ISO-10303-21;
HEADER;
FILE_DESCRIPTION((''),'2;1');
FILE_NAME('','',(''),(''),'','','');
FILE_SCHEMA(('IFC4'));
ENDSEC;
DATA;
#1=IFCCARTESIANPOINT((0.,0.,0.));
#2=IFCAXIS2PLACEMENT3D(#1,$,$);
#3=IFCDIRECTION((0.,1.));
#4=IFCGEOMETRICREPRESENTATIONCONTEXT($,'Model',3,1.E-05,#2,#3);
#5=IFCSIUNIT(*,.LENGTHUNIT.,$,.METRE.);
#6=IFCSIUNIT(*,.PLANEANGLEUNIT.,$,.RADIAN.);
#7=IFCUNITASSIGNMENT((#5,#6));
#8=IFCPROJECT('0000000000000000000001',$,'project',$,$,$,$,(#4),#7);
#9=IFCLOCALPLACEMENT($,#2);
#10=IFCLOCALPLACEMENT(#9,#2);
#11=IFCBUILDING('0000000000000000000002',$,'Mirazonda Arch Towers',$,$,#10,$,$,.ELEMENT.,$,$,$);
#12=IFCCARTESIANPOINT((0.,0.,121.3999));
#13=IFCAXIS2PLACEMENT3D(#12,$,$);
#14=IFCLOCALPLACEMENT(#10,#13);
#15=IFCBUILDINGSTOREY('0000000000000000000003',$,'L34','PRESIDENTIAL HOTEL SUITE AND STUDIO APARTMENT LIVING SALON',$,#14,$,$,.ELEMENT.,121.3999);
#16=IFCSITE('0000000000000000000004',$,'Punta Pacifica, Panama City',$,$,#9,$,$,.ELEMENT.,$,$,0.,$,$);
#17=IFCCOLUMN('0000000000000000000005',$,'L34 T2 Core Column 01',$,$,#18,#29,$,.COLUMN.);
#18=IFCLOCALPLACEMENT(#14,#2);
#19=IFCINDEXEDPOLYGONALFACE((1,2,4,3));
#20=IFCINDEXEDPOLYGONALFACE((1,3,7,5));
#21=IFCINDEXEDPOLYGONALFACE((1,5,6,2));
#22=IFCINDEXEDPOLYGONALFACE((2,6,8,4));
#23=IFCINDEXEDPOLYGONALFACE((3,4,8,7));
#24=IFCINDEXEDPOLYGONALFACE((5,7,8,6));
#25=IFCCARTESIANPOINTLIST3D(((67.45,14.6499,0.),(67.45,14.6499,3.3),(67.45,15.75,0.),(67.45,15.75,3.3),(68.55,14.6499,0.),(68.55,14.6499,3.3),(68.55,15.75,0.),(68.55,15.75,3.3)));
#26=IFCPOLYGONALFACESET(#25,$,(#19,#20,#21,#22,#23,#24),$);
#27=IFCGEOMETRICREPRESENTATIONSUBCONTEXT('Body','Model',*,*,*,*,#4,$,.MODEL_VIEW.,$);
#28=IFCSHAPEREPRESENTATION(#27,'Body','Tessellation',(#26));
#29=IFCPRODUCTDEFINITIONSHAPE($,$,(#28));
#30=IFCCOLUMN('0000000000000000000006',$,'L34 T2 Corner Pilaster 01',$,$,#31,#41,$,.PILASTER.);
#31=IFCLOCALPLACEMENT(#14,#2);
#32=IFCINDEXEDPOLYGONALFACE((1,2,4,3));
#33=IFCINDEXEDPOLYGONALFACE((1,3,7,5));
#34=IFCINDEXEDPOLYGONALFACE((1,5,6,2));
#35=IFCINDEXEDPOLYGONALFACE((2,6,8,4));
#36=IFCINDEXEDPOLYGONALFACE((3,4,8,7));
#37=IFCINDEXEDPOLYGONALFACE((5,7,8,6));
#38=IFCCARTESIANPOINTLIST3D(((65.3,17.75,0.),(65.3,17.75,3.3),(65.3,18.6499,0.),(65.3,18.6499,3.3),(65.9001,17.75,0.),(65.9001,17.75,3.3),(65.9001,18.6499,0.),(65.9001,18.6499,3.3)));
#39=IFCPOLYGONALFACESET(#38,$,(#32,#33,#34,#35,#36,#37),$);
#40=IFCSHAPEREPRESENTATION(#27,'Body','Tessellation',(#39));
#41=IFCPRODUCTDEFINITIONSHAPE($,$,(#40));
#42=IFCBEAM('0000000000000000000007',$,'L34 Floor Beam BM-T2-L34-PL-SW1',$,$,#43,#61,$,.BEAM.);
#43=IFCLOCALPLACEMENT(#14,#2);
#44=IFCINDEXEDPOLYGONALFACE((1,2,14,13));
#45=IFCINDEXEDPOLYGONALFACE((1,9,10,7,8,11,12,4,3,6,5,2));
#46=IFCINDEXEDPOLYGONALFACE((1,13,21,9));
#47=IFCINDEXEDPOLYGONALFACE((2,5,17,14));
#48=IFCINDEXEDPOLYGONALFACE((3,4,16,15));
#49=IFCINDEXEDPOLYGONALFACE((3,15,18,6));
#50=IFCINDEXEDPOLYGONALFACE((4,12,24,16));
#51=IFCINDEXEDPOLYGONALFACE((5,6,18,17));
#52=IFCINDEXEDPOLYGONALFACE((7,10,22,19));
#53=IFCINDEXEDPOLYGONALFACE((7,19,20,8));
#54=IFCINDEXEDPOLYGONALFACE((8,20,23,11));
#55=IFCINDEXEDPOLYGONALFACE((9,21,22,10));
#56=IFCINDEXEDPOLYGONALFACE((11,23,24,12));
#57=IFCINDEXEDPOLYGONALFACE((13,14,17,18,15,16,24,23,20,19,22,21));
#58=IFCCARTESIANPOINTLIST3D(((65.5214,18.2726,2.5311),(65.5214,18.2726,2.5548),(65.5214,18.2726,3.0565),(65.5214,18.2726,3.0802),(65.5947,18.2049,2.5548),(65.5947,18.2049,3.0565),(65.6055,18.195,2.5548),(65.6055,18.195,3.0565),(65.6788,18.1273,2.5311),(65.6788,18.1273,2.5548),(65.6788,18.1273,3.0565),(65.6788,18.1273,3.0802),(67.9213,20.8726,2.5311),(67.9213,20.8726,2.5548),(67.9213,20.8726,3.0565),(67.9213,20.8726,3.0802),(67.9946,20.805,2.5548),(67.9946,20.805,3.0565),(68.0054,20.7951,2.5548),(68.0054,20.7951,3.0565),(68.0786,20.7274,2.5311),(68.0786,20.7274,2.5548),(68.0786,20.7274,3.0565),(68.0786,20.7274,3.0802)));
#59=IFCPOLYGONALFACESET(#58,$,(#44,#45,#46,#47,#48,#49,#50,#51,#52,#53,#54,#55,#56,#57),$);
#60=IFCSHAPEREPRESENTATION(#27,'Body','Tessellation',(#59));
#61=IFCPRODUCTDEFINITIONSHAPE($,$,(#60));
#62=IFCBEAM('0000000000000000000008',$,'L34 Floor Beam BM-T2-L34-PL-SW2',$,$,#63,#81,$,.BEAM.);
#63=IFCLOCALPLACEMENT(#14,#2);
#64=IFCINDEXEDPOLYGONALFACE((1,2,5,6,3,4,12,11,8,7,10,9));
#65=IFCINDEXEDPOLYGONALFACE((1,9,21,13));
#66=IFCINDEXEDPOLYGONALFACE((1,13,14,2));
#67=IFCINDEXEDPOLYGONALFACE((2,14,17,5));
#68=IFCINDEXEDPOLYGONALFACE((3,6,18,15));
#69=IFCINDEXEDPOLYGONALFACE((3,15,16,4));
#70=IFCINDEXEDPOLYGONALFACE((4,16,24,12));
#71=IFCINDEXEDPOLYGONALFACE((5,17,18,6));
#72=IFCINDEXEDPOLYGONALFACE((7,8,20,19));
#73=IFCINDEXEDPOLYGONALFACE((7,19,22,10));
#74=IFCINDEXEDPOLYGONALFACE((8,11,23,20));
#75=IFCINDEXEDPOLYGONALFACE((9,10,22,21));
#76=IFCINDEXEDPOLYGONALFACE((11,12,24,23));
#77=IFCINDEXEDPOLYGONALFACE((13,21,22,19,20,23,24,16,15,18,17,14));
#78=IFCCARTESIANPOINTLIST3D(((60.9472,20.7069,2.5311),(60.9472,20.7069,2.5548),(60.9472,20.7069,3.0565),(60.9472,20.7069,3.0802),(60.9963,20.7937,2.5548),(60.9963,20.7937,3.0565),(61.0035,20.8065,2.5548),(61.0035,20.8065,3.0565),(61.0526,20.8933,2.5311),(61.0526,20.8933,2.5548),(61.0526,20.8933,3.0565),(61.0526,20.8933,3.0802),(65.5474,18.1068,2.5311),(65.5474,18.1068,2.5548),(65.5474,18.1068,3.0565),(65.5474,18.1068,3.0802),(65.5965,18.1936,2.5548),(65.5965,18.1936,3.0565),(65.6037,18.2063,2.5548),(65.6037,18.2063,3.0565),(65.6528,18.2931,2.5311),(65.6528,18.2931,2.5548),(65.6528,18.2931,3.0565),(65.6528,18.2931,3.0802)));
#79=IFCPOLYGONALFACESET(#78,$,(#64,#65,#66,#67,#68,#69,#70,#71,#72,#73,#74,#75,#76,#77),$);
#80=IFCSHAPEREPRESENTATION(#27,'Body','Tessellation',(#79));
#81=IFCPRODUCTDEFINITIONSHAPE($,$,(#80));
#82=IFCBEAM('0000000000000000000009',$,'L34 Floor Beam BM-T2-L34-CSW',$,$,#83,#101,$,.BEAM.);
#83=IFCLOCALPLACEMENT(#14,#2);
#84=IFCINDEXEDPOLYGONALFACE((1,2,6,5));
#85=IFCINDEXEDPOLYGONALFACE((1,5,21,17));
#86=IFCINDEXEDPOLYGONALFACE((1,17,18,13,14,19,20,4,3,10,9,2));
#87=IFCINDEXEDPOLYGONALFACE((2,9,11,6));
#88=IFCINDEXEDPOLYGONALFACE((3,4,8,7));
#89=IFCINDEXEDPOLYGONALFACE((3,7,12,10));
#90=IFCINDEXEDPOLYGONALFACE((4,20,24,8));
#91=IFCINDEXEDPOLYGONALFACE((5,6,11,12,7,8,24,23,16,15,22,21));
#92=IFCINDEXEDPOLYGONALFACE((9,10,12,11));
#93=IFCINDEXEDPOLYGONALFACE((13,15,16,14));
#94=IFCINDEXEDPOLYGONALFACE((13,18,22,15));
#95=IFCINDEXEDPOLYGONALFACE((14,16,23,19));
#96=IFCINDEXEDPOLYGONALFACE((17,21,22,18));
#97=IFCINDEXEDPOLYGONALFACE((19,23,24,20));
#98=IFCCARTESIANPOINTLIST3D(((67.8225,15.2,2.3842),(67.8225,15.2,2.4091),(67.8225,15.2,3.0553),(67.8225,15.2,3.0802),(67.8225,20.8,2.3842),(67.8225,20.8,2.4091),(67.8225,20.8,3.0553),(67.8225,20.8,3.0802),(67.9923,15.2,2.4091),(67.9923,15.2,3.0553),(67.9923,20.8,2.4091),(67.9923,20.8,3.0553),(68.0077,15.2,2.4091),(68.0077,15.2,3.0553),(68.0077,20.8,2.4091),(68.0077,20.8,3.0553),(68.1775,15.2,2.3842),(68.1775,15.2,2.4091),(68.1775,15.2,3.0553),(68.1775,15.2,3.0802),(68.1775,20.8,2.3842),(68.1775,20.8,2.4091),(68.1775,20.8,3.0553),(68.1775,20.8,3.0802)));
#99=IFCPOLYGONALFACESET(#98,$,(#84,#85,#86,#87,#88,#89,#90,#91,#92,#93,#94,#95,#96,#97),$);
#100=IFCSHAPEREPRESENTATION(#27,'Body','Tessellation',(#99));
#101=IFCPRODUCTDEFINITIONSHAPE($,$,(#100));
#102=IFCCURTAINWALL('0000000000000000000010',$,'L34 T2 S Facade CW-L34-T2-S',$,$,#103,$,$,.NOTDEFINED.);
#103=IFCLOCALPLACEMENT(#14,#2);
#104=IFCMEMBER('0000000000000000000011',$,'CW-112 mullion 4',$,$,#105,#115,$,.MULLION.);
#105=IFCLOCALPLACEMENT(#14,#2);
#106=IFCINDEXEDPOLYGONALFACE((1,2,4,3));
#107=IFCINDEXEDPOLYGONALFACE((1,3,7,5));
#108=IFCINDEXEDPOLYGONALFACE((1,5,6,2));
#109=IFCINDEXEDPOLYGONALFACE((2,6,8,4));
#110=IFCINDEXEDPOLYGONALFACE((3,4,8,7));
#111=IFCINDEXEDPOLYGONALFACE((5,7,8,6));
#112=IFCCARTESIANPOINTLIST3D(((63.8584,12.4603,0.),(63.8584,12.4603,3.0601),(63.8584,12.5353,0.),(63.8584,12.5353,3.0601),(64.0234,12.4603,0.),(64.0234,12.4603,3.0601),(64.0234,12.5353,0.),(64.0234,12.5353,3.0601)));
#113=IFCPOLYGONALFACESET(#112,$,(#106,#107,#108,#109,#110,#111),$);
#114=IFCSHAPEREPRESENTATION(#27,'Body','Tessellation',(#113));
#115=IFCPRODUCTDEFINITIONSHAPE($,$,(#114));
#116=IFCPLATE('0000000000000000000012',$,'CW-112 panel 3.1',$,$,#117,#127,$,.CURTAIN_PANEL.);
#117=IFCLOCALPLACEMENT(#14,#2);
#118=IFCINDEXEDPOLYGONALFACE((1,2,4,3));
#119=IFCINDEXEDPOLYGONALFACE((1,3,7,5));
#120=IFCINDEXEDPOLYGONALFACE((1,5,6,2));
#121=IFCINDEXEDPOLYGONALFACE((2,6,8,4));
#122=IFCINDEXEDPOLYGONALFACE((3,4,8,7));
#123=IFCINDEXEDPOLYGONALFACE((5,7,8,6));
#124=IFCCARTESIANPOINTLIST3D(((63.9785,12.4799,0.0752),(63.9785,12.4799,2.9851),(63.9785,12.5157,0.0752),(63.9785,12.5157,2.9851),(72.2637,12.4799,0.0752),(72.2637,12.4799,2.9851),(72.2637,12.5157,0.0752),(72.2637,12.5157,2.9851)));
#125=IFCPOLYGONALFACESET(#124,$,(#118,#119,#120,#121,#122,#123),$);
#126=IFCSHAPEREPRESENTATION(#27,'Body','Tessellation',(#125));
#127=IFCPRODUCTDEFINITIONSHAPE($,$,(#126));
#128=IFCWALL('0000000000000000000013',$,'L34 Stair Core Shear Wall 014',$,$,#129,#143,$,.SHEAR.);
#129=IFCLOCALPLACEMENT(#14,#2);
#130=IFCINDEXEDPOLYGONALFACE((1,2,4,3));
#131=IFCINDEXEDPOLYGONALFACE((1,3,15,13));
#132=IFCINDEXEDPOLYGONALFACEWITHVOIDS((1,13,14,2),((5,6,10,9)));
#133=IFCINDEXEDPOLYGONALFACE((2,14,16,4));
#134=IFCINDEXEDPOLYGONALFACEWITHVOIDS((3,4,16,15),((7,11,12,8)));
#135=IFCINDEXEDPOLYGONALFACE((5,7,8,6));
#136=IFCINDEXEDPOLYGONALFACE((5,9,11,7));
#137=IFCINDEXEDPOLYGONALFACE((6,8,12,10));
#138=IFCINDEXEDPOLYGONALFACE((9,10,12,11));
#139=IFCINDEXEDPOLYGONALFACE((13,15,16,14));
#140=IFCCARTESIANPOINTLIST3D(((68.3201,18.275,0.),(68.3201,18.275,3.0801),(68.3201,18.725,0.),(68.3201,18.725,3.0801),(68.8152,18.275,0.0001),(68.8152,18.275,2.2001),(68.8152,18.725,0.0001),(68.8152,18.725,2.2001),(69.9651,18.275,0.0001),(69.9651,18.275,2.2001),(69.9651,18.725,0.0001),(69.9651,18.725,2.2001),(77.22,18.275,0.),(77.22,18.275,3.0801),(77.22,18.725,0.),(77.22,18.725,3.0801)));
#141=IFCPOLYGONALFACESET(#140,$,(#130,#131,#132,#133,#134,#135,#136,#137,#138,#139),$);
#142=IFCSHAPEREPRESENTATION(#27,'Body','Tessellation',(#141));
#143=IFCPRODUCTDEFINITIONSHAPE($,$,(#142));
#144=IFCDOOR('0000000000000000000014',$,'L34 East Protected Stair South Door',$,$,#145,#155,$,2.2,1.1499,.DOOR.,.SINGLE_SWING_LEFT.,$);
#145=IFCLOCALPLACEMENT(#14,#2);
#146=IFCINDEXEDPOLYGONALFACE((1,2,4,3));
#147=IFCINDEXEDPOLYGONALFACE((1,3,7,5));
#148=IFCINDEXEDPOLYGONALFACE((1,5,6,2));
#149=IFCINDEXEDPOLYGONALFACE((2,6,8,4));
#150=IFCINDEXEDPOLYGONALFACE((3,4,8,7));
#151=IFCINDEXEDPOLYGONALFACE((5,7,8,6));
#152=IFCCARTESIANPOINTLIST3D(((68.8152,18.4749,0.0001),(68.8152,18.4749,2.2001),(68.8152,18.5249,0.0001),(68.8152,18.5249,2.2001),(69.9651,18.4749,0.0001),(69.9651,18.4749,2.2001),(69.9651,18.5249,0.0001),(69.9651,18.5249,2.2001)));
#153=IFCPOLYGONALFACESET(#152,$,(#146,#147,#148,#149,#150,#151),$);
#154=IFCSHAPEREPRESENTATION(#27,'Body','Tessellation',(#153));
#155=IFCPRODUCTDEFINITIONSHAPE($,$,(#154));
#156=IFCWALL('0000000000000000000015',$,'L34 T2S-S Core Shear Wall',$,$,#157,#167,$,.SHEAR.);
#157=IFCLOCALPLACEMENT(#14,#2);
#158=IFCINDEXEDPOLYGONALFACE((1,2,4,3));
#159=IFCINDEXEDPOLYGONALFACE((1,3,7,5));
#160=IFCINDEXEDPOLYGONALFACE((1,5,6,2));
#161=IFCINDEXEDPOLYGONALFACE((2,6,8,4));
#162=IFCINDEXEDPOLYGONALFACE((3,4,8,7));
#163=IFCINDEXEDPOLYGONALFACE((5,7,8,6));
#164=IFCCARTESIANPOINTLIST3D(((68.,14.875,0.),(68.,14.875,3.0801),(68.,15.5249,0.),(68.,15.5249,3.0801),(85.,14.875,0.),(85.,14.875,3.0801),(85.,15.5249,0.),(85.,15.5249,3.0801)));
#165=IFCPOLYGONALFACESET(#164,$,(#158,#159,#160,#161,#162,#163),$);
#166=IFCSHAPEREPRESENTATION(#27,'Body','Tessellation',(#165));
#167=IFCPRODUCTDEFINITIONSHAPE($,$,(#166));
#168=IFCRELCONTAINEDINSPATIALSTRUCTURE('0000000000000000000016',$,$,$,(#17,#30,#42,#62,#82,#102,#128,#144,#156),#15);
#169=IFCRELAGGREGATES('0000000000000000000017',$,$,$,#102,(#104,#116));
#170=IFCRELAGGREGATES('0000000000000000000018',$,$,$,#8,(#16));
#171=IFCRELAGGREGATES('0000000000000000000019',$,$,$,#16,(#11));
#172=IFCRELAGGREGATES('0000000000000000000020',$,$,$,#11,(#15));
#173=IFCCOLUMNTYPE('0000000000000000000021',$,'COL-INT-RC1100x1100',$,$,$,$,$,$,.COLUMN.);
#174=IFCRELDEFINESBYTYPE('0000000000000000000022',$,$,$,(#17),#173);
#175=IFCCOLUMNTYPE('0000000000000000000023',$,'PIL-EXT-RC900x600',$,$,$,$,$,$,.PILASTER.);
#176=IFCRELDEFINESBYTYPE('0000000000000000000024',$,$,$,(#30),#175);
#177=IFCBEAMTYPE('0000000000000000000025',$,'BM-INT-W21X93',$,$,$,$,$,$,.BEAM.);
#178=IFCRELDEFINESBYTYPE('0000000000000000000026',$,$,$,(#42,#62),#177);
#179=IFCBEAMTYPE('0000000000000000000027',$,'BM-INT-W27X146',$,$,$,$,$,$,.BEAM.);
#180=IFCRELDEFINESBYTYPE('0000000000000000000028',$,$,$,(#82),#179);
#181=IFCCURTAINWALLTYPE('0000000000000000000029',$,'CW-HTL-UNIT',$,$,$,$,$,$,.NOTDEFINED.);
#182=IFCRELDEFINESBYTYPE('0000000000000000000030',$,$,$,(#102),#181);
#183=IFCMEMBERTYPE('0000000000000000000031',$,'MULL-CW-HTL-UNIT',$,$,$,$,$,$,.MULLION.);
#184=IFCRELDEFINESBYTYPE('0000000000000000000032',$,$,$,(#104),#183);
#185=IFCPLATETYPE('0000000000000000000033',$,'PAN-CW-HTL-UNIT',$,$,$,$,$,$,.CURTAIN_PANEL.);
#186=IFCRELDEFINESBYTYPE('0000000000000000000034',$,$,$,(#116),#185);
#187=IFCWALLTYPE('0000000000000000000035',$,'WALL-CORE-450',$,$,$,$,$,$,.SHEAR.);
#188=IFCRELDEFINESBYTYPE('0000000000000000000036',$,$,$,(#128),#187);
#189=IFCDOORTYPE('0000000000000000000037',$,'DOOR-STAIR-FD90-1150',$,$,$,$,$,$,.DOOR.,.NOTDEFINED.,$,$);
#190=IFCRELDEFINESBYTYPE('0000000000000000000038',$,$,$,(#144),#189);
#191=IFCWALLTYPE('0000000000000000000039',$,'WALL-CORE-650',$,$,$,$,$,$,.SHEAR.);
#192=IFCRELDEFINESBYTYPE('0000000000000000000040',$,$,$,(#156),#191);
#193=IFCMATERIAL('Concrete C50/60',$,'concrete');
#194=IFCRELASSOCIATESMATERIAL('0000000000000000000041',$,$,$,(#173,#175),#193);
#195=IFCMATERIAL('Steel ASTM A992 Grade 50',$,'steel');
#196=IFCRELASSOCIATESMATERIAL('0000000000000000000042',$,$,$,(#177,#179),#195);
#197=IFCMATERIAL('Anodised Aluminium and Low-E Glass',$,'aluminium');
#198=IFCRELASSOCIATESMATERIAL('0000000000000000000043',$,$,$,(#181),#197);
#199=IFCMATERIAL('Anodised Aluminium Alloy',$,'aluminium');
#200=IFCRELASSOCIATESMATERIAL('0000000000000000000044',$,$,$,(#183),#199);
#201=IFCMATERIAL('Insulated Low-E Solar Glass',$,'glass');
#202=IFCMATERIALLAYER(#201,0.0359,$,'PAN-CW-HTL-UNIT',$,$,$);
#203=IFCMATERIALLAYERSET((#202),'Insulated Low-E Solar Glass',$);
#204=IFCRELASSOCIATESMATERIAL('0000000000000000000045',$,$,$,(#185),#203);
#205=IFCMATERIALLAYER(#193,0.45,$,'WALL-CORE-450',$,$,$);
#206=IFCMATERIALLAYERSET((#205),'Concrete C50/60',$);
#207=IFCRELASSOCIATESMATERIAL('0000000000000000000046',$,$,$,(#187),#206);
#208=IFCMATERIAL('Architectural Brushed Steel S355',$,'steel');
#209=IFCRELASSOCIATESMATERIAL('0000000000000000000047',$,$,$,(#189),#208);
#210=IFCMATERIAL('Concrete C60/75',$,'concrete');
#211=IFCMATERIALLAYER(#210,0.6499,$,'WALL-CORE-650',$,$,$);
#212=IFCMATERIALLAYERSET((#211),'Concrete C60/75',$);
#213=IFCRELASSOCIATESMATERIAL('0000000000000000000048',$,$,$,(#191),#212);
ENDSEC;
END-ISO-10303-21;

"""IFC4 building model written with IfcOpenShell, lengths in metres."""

from ifc_helpers import new_model, si_unit, direction, frame, frame_2d, origin, origin_2d, place, context, subcontext, project, spatial, rectangle, i_section, extrude, material, layer, layer_set, material_profile, profile_set, type_object, element, fill, aggregate, save


model = new_model("IFC4")

# Units and contexts
model_context = context("Model", 3, precision=1e-05, world=origin(), true_north=direction((0.0, 1.0)))
body_context = subcontext(model_context, "Body", "Model", "MODEL_VIEW")
ifc_project = project(units=[si_unit("LENGTHUNIT", "METRE"), si_unit("PLANEANGLEUNIT", "RADIAN")], contexts=[model_context])

# Site, building, storey
site_placement = place(None, origin())
site = spatial("IfcSite", under=ifc_project, at=site_placement, Name="Punta Pacifica, Panama City", CompositionType="ELEMENT", RefElevation=0.0)
building_placement = place(site_placement, origin())
building = spatial("IfcBuilding", under=site, at=building_placement, Name="Mirazonda Arch Towers", CompositionType="ELEMENT")
storey_placement = place(building_placement, frame((0.0, 0.0, 121.3999)))
storey = spatial("IfcBuildingStorey", under=building, at=storey_placement, Name="L34", Description="PRESIDENTIAL HOTEL SUITE AND STUDIO APARTMENT LIVING SALON", CompositionType="ELEMENT", Elevation=121.3999)

# Columns
ifc_material_1 = material(Name="Concrete C50/60", Category="concrete")
ifc_material_profile_1 = material_profile(ifc_material_1, rectangle(XDim=1.1001, YDim=1.1001, at=origin_2d()), Name="RC1100x1100")
ifc_profile_set_1 = profile_set([ifc_material_profile_1], Name="Concrete C50/60")
column_type_1 = type_object("IfcColumnType", Name="COL-INT-RC1100x1100", PredefinedType="COLUMN", material=ifc_profile_set_1)
column_1_placement = place(storey_placement, frame((68.0, 15.2, 0.0), z_axis=(0.0, 0.0, 1.0), x_axis=(1.0, 0.0, 0.0)))
element("IfcColumn", 1, at=column_1_placement, inside=storey, type_object=column_type_1, Name="L34 T2 Core Column 01", PredefinedType="COLUMN", context=body_context, shape_type="SweptSolid", body=[
    extrude(rectangle(XDim=1.1001, YDim=1.1001, at=origin_2d()), origin(), (0.0, 0.0, 1.0), 3.3),
])
ifc_material_profile_2 = material_profile(ifc_material_1, rectangle(XDim=0.6001, YDim=0.8999, at=origin_2d()), Name="RC900x600")
ifc_profile_set_2 = profile_set([ifc_material_profile_2], Name="Concrete C50/60")
column_type_2 = type_object("IfcColumnType", Name="PIL-EXT-RC900x600", PredefinedType="PILASTER", material=ifc_profile_set_2)
column_2_placement = place(storey_placement, frame((65.6001, 18.2, 0.0), z_axis=(0.0, 0.0, 1.0), x_axis=(1.0, 0.0, 0.0)))
element("IfcColumn", 2, at=column_2_placement, inside=storey, type_object=column_type_2, Name="L34 T2 Corner Pilaster 01", PredefinedType="PILASTER", context=body_context, shape_type="SweptSolid", body=[
    extrude(rectangle(XDim=0.6001, YDim=0.8999, at=origin_2d()), origin(), (0.0, 0.0, 1.0), 3.3),
])

# Beams
ifc_material_2 = material(Name="Steel ASTM A992 Grade 50", Category="steel")
ifc_material_profile_3 = material_profile(ifc_material_2, i_section(OverallWidth=0.2141, OverallDepth=0.5491, WebThickness=0.0146, FlangeThickness=0.0237, at=origin_2d()), Name="W21X93")
ifc_profile_set_3 = profile_set([ifc_material_profile_3], Name="Steel ASTM A992 Grade 50")
beam_type_1 = type_object("IfcBeamType", Name="BM-INT-W21X93", PredefinedType="BEAM", material=ifc_profile_set_3)
beam_1_placement = place(storey_placement, frame((65.6001, 18.2, 2.8057), z_axis=(0.678251, 0.73483, 0.0), x_axis=(-0.73483, 0.678251, 0.0)))
element("IfcBeam", 3, at=beam_1_placement, inside=storey, type_object=beam_type_1, Name="L34 Floor Beam BM-T2-L34-PL-SW1", PredefinedType="BEAM", context=body_context, shape_type="SweptSolid", body=[
    extrude(i_section(OverallWidth=0.2141, OverallDepth=0.5491, WebThickness=0.0146, FlangeThickness=0.0237, at=origin_2d()), origin(), (0.0, 0.0, 1.0), 3.5383),
])
beam_2_placement = place(storey_placement, frame((65.6001, 18.2, 2.8057), z_axis=(-0.870559, 0.492063, 0.0), x_axis=(-0.492063, -0.870559, 0.0)))
element("IfcBeam", 4, at=beam_2_placement, inside=storey, type_object=beam_type_1, Name="L34 Floor Beam BM-T2-L34-PL-SW2", PredefinedType="BEAM", context=body_context, shape_type="SweptSolid", body=[
    extrude(i_section(OverallWidth=0.2141, OverallDepth=0.5491, WebThickness=0.0146, FlangeThickness=0.0237, at=origin_2d()), origin(), (0.0, 0.0, 1.0), 5.2842),
])
ifc_material_profile_4 = material_profile(ifc_material_2, i_section(OverallWidth=0.355, OverallDepth=0.696, WebThickness=0.0154, FlangeThickness=0.0249, at=origin_2d()), Name="W27X146")
ifc_profile_set_4 = profile_set([ifc_material_profile_4], Name="Steel ASTM A992 Grade 50")
beam_type_2 = type_object("IfcBeamType", Name="BM-INT-W27X146", PredefinedType="BEAM", material=ifc_profile_set_4)
beam_3_placement = place(storey_placement, frame((68.0, 15.2, 2.7322), z_axis=(0.0, 1.0, 0.0), x_axis=(-1.0, 0.0, 0.0)))
element("IfcBeam", 5, at=beam_3_placement, inside=storey, type_object=beam_type_2, Name="L34 Floor Beam BM-T2-L34-CSW", PredefinedType="BEAM", context=body_context, shape_type="SweptSolid", body=[
    extrude(i_section(OverallWidth=0.355, OverallDepth=0.696, WebThickness=0.0154, FlangeThickness=0.0249, at=origin_2d()), origin(), (0.0, 0.0, 1.0), 5.6001),
])

# Curtain wall, member, plate
ifc_material_3 = material(Name="Anodised Aluminium and Low-E Glass", Category="aluminium")
curtain_wall_type = type_object("IfcCurtainWallType", Name="CW-HTL-UNIT", PredefinedType="NOTDEFINED", material=ifc_material_3)
curtain_wall_placement = place(storey_placement, origin())
curtain_wall = element("IfcCurtainWall", 6, at=curtain_wall_placement, inside=storey, type_object=curtain_wall_type, Name="L34 T2 S Facade CW-L34-T2-S", PredefinedType="NOTDEFINED")
ifc_material_4 = material(Name="Anodised Aluminium Alloy", Category="aluminium")
ifc_material_profile_5 = material_profile(ifc_material_4, rectangle(XDim=0.075, YDim=0.165, at=origin_2d()), Name="ALU-MULL-75x165")
ifc_profile_set_5 = profile_set([ifc_material_profile_5], Name="Anodised Aluminium Alloy")
member_type = type_object("IfcMemberType", Name="MULL-CW-HTL-UNIT", PredefinedType="MULLION", material=ifc_profile_set_5)
member_placement = place(storey_placement, frame((63.9409, 12.4978, 0.0), z_axis=(0.0, 0.0, 1.0), x_axis=(0.0, -1.0, 0.0)))
member = element("IfcMember", 7, at=member_placement, type_object=member_type, Name="CW-112 mullion 4", PredefinedType="MULLION", context=body_context, shape_type="SweptSolid", body=[
    extrude(rectangle(XDim=0.075, YDim=0.165, at=origin_2d()), origin(), (0.0, 0.0, 1.0), 3.0601),
])
ifc_material_5 = material(Name="Insulated Low-E Solar Glass", Category="glass")
ifc_layer_1 = layer(ifc_material_5, 0.0359, Name="PAN-CW-HTL-UNIT")
ifc_layer_set_1 = layer_set([ifc_layer_1], Name="Insulated Low-E Solar Glass")
plate_type = type_object("IfcPlateType", Name="PAN-CW-HTL-UNIT", PredefinedType="CURTAIN_PANEL", material=ifc_layer_set_1)
plate_placement = place(storey_placement, frame((68.1211, 12.4978, 0.0752), z_axis=(0.0, 0.0, 1.0), x_axis=(-1.0, 0.0, 0.0)))
plate = element("IfcPlate", 8, at=plate_placement, type_object=plate_type, Name="CW-112 panel 3.1", PredefinedType="CURTAIN_PANEL", context=body_context, shape_type="SweptSolid", body=[
    extrude(rectangle(XDim=8.2852, YDim=0.0359, at=origin_2d()), origin(), (0.0, 0.0, 1.0), 2.9099),
])
aggregate(curtain_wall, [member, plate])

# Wall, opening, door
ifc_layer_2 = layer(ifc_material_1, 0.45, Name="WALL-CORE-450")
ifc_layer_set_2 = layer_set([ifc_layer_2], Name="Concrete C50/60")
wall_type_1 = type_object("IfcWallType", Name="WALL-CORE-450", PredefinedType="SHEAR", material=ifc_layer_set_2)
wall_1_placement = place(storey_placement, frame((68.3201, 18.5, 0.0), z_axis=(0.0, 0.0, 1.0), x_axis=(1.0, 0.0, 0.0)))
wall_1 = element("IfcWall", 9, at=wall_1_placement, inside=storey, type_object=wall_type_1, Name="L34 Stair Core Shear Wall 014", PredefinedType="SHEAR", context=body_context, shape_type="SweptSolid", body=[
    extrude(rectangle(XDim=8.8999, YDim=0.45, at=frame_2d((4.45, 0.0))), origin(), (0.0, 0.0, 1.0), 3.0801),
])
opening_placement = place(wall_1_placement, frame((0.4951, 0.0, 0.0)))
opening = element("IfcOpeningElement", 10, at=opening_placement, cuts=wall_1, PredefinedType="OPENING", context=body_context, shape_type="SweptSolid", body=[
    extrude(rectangle(XDim=1.1499, YDim=2.2, at=frame_2d((0.575, 1.1001))), frame((0.0, 0.2349, 0.0), z_axis=(0.0, -1.0, 0.0), x_axis=(1.0, 0.0, 0.0)), (0.0, 0.0, 1.0), 0.47),
])
ifc_material_6 = material(Name="Architectural Brushed Steel S355", Category="steel")
door_type = type_object("IfcDoorType", Name="DOOR-STAIR-FD90-1150", OperationType="NOTDEFINED", PredefinedType="DOOR", material=ifc_material_6)
door_placement = place(opening_placement, origin())
door = element("IfcDoor", 11, at=door_placement, inside=storey, type_object=door_type, Name="L34 East Protected Stair South Door", OperationType="SINGLE_SWING_LEFT", OverallHeight=2.2, OverallWidth=1.1499, PredefinedType="DOOR", context=body_context, shape_type="SweptSolid", body=[
    extrude(rectangle(XDim=1.1499, YDim=2.2, at=frame_2d((0.575, 1.1001))), frame((0.0, 0.0249, 0.0), z_axis=(0.0, -1.0, 0.0), x_axis=(1.0, 0.0, 0.0)), (0.0, 0.0, 1.0), 0.05),
])
fill(opening, door)

# Wall
ifc_material_7 = material(Name="Concrete C60/75", Category="concrete")
ifc_layer_3 = layer(ifc_material_7, 0.6499, Name="WALL-CORE-650")
ifc_layer_set_3 = layer_set([ifc_layer_3], Name="Concrete C60/75")
wall_type_2 = type_object("IfcWallType", Name="WALL-CORE-650", PredefinedType="SHEAR", material=ifc_layer_set_3)
wall_2_placement = place(storey_placement, frame((68.0, 15.2, 0.0), z_axis=(0.0, 0.0, 1.0), x_axis=(1.0, 0.0, 0.0)))
element("IfcWall", 12, at=wall_2_placement, inside=storey, type_object=wall_type_2, Name="L34 T2S-S Core Shear Wall", PredefinedType="SHEAR", context=body_context, shape_type="SweptSolid", body=[
    extrude(rectangle(XDim=17.0, YDim=0.6499, at=frame_2d((8.5, 0.0))), origin(), (0.0, 0.0, 1.0), 3.0801),
])

save(model, "model.ifc")
